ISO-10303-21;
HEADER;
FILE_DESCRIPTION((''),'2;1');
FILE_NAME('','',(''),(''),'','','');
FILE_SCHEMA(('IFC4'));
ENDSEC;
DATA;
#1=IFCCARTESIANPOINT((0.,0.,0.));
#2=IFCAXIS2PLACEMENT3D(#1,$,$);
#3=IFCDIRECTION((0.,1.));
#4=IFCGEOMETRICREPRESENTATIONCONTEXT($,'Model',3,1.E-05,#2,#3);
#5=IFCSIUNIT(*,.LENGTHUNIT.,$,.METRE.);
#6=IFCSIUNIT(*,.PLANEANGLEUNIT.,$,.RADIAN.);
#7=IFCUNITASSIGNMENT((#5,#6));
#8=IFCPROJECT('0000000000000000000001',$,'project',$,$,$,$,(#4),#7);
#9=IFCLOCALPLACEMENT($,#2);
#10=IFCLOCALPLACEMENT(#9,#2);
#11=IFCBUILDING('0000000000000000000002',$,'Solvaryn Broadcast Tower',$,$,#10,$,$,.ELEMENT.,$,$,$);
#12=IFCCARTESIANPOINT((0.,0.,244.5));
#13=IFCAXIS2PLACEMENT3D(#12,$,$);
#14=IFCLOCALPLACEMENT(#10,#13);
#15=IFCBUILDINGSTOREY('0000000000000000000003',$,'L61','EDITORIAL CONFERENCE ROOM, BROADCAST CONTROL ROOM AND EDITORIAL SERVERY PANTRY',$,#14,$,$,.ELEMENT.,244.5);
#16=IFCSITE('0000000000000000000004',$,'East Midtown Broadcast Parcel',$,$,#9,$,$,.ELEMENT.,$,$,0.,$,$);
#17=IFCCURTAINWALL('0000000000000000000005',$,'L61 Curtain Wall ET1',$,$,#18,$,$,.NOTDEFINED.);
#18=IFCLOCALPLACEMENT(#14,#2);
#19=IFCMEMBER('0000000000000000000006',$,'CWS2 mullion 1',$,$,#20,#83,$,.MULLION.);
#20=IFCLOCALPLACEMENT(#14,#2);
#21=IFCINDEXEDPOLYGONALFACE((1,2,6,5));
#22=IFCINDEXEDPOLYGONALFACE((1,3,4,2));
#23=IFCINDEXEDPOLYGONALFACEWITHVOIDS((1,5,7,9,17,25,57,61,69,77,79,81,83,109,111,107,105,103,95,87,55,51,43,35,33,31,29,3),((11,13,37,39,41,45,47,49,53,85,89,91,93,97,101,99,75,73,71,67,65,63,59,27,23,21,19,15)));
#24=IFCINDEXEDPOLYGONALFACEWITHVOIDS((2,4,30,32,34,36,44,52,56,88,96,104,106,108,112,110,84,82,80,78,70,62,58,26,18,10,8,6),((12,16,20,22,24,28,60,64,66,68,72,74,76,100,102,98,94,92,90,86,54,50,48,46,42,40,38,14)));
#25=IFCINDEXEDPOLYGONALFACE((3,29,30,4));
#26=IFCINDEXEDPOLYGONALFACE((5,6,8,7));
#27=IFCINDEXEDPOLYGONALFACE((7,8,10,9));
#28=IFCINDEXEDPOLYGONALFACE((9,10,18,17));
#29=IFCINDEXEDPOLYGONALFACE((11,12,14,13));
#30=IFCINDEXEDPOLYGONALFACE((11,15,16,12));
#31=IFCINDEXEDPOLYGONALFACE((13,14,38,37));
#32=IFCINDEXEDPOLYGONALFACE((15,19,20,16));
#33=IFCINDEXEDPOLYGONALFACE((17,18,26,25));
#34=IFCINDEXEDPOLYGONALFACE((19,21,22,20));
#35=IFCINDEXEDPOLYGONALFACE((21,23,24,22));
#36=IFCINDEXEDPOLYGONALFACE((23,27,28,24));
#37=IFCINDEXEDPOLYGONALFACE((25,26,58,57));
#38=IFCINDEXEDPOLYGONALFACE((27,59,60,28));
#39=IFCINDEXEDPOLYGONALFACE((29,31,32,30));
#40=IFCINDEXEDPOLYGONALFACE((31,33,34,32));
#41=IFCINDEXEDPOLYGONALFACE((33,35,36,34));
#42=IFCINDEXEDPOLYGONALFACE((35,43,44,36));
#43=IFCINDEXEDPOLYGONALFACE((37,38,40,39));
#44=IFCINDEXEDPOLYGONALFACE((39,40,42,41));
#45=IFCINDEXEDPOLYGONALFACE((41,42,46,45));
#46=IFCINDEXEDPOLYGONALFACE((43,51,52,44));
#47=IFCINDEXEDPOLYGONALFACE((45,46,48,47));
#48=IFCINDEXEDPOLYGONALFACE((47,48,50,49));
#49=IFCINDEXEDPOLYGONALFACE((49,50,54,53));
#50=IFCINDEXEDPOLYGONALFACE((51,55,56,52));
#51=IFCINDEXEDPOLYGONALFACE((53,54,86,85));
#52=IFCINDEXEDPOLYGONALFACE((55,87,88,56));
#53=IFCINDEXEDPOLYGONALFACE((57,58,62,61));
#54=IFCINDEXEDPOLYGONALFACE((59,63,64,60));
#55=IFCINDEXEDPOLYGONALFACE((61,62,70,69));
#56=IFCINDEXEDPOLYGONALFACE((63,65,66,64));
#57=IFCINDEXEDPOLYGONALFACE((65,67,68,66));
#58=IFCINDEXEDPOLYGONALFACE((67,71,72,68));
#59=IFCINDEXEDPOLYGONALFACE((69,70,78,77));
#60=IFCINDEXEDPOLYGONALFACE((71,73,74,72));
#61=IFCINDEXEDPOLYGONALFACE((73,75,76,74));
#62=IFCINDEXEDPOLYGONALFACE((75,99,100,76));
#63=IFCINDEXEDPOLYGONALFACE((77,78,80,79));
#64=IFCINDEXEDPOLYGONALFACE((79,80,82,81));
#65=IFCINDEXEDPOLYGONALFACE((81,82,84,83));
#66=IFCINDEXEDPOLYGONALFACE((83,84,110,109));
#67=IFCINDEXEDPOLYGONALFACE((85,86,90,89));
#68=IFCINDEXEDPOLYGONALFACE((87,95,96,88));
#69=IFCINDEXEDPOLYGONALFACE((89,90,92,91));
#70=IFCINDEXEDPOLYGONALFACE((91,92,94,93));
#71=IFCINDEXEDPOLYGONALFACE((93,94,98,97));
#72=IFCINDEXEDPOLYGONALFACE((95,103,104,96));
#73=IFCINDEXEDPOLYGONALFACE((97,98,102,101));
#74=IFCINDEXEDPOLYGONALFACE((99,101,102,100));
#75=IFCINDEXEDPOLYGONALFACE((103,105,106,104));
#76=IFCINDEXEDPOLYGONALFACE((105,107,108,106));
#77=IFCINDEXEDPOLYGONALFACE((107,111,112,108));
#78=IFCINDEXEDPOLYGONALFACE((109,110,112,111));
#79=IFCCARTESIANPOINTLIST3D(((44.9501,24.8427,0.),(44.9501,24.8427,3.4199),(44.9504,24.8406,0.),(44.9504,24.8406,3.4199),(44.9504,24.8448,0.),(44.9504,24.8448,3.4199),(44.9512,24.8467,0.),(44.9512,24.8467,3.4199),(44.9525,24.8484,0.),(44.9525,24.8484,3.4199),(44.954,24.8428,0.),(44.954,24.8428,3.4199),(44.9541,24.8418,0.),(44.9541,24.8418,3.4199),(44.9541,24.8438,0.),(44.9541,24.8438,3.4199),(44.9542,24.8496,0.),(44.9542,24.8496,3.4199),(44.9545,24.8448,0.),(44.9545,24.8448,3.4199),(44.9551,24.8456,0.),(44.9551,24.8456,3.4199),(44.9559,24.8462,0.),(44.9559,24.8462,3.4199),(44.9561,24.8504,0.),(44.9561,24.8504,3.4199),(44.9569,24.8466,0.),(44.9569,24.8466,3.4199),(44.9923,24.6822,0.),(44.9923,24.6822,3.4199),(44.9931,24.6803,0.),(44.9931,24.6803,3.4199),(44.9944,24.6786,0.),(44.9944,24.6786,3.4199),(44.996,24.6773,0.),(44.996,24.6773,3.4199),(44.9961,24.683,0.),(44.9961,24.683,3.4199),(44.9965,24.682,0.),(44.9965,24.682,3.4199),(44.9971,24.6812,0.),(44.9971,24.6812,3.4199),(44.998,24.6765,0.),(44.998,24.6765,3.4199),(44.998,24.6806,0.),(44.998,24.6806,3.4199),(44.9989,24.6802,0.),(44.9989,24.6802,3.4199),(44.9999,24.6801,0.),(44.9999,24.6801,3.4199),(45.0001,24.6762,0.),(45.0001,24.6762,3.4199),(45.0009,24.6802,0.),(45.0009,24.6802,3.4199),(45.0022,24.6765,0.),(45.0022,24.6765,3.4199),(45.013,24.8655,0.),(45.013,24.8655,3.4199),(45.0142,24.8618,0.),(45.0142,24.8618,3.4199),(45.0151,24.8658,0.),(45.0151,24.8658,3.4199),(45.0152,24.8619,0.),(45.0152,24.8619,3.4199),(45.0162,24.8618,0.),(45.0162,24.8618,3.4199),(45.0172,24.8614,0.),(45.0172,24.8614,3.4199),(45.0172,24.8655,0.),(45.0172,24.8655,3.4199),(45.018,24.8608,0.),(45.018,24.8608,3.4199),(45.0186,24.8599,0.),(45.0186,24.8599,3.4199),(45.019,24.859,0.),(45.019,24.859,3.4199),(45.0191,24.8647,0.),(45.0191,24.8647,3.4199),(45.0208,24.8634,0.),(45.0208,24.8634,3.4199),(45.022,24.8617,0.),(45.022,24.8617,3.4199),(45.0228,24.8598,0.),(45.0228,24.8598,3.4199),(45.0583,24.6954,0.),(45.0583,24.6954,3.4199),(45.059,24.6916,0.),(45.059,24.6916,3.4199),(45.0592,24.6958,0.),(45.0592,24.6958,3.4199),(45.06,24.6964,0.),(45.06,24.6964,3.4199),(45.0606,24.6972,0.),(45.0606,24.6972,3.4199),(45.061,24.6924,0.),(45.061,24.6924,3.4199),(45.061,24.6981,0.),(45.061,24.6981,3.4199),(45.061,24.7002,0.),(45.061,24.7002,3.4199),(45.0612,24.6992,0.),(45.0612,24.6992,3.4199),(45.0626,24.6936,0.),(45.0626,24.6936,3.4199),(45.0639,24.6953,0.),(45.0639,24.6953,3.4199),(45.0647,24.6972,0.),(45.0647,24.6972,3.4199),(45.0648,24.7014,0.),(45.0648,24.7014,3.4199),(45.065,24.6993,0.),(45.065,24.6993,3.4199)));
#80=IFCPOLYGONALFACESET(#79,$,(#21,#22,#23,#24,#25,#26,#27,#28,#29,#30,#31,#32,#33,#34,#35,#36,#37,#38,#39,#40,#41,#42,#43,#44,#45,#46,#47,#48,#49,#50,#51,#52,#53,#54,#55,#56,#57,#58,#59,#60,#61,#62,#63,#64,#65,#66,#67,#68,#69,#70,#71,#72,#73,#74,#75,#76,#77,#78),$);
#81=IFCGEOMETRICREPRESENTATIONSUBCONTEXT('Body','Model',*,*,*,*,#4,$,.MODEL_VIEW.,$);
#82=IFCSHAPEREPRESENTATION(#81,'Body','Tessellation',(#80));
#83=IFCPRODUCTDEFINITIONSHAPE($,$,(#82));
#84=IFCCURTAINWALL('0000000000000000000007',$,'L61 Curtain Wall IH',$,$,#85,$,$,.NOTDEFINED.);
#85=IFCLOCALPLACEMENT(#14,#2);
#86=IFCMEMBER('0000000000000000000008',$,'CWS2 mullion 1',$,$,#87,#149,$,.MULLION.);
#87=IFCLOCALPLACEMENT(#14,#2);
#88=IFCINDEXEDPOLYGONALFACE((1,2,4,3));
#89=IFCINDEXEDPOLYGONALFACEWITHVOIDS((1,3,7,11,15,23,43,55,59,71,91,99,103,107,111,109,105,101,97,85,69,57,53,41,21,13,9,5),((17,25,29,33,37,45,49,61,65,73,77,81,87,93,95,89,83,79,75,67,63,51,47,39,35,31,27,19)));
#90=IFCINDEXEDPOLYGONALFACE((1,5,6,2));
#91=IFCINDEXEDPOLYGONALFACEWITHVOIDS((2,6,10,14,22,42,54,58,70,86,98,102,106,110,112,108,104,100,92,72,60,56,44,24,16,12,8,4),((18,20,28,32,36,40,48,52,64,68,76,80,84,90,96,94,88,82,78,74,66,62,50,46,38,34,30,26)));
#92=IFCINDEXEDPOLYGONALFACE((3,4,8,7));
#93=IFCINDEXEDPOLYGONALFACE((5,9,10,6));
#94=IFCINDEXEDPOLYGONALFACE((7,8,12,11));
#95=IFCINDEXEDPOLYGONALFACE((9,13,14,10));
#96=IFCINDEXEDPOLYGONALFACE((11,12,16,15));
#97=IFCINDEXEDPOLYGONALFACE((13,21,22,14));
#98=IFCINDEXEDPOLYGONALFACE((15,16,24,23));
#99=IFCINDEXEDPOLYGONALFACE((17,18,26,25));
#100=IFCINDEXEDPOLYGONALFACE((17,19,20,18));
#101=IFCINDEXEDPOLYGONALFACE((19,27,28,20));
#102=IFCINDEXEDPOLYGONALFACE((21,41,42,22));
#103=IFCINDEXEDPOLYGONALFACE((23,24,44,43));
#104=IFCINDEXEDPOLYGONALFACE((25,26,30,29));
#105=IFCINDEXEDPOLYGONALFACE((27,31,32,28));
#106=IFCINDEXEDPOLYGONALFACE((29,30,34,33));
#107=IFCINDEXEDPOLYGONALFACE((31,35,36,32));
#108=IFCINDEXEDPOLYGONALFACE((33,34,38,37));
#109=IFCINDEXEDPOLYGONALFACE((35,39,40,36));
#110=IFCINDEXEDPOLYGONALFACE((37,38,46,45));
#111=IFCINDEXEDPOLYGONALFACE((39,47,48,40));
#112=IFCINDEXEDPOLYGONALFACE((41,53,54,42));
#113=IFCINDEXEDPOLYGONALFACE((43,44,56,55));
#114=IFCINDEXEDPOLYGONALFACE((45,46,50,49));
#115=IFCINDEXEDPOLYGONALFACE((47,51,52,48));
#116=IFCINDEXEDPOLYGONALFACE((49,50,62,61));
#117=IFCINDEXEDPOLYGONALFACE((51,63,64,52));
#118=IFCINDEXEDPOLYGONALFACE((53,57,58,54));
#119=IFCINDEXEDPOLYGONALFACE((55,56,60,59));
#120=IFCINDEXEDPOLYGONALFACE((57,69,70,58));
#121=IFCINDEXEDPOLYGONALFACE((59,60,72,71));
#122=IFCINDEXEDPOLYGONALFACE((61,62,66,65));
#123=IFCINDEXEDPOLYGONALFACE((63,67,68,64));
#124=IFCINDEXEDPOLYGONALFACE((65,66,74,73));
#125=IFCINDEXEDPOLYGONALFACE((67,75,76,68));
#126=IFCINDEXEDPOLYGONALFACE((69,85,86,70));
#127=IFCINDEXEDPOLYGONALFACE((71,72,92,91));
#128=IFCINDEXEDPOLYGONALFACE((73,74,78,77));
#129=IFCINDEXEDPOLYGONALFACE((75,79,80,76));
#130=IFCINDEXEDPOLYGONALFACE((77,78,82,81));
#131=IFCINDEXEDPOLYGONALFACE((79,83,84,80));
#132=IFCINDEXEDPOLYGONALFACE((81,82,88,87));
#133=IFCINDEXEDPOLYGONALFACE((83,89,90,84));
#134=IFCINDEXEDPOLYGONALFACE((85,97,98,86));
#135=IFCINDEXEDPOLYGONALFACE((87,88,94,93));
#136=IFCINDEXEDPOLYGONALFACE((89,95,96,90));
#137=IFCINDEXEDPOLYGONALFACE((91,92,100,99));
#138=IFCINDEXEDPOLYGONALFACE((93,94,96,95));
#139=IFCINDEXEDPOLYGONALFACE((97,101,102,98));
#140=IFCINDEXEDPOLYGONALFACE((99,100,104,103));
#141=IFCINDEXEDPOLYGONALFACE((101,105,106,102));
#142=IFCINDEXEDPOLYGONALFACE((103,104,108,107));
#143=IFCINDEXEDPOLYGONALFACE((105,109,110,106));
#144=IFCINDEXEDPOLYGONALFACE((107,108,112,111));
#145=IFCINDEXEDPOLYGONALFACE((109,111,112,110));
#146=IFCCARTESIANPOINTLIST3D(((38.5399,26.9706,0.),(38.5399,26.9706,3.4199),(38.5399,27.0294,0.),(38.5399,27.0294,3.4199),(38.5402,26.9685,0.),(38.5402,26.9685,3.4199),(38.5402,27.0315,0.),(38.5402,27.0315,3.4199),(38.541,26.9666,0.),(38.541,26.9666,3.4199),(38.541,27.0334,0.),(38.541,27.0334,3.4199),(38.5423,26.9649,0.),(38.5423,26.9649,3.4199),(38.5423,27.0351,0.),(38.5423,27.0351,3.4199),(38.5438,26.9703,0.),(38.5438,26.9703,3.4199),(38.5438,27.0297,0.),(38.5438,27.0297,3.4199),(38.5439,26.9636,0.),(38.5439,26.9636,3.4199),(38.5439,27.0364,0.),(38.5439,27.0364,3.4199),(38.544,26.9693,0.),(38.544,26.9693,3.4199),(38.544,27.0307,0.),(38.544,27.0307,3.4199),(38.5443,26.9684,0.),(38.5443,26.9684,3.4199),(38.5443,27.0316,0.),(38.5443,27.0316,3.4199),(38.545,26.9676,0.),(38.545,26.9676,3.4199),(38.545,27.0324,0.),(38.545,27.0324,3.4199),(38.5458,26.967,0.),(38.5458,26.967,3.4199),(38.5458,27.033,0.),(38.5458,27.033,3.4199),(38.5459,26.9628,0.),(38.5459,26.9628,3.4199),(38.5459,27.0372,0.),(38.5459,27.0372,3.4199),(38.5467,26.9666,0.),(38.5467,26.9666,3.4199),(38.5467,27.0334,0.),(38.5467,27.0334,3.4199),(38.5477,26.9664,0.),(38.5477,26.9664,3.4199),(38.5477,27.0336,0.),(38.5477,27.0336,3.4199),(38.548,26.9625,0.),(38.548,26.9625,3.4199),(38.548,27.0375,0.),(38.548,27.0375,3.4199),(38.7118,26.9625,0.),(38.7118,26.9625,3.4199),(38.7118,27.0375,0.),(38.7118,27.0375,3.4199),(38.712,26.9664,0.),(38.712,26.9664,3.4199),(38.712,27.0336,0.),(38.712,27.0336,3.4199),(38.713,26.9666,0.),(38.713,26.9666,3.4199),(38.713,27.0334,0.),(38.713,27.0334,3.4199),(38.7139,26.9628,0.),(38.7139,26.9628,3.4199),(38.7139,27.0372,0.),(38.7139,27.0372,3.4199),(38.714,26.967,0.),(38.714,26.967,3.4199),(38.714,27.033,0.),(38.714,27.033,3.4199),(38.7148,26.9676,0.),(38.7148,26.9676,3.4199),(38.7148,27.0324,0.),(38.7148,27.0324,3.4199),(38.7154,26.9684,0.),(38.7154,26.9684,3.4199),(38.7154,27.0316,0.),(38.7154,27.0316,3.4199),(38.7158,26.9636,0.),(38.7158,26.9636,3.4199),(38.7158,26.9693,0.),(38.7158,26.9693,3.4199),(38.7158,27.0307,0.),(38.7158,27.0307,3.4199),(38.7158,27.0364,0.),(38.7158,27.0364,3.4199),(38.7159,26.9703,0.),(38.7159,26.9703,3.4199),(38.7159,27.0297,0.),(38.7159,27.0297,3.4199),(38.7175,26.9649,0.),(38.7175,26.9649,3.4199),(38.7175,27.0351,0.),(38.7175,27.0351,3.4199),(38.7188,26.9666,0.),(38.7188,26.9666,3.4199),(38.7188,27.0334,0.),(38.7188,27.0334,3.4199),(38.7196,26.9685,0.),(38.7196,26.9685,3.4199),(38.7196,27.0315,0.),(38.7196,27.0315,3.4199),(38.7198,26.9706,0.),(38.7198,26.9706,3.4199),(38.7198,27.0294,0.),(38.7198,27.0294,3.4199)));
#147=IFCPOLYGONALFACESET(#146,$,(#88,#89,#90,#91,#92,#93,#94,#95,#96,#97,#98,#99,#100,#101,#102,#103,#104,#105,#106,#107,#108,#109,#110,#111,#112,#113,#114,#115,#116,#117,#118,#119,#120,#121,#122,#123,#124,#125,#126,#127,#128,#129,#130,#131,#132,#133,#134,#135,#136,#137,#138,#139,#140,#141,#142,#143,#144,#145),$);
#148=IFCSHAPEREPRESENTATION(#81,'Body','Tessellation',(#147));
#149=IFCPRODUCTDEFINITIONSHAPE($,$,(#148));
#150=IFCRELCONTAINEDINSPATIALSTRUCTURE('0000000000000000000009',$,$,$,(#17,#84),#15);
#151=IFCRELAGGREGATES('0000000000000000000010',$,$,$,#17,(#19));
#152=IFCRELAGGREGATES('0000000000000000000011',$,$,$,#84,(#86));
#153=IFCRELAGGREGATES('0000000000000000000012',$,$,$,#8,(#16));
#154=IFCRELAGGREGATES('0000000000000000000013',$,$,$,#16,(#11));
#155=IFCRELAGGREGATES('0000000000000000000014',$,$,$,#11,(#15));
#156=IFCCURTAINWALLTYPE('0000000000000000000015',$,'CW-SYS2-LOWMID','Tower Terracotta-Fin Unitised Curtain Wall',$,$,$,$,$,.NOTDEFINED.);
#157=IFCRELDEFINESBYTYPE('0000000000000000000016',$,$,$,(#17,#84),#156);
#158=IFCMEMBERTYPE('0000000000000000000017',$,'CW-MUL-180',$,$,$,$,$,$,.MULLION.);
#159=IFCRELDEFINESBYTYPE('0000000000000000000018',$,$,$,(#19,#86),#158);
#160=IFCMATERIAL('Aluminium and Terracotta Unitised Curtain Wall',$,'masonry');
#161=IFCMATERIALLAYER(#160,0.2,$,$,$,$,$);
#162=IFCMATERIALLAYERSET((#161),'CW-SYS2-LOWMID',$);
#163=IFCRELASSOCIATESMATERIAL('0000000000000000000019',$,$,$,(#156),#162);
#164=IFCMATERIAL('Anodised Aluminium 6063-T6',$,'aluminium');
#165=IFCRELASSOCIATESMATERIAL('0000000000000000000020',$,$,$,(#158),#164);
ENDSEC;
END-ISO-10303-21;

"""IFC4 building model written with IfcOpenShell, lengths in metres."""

from ifc_helpers import new_model, si_unit, direction, frame, origin, origin_2d, place, context, subcontext, project, spatial, hollow_rectangle, extrude, material, layer, layer_set, material_profile, profile_set, type_object, element, aggregate, save


model = new_model("IFC4")

# Units and contexts
model_context = context("Model", 3, precision=1e-05, world=origin(), true_north=direction((0.0, 1.0)))
body_context = subcontext(model_context, "Body", "Model", "MODEL_VIEW")
ifc_project = project(units=[si_unit("LENGTHUNIT", "METRE"), si_unit("PLANEANGLEUNIT", "RADIAN")], contexts=[model_context])

# Site, building, storey
site_placement = place(None, origin())
site = spatial("IfcSite", under=ifc_project, at=site_placement, Name="East Midtown Broadcast Parcel", CompositionType="ELEMENT", RefElevation=0.0)
building_placement = place(site_placement, origin())
building = spatial("IfcBuilding", under=site, at=building_placement, Name="Solvaryn Broadcast Tower", CompositionType="ELEMENT")
storey_placement = place(building_placement, frame((0.0, 0.0, 244.5)))
storey = spatial("IfcBuildingStorey", under=building, at=storey_placement, Name="L61", Description="EDITORIAL CONFERENCE ROOM, BROADCAST CONTROL ROOM AND EDITORIAL SERVERY PANTRY", CompositionType="ELEMENT", Elevation=244.5)

# Curtain wall, member
ifc_material_1 = material(Name="Aluminium and Terracotta Unitised Curtain Wall", Category="masonry")
ifc_layer_1 = layer(ifc_material_1, 0.2)
ifc_layer_set_1 = layer_set([ifc_layer_1], Name="CW-SYS2-LOWMID")
curtain_wall_type = type_object("IfcCurtainWallType", Name="CW-SYS2-LOWMID", Description="Tower Terracotta-Fin Unitised Curtain Wall", PredefinedType="NOTDEFINED", material=ifc_layer_set_1)
curtain_wall_1_placement = place(storey_placement, origin())
curtain_wall_1 = element("IfcCurtainWall", 1, at=curtain_wall_1_placement, inside=storey, type_object=curtain_wall_type, Name="L61 Curtain Wall ET1", PredefinedType="NOTDEFINED")
ifc_material_2 = material(Name="Anodised Aluminium 6063-T6", Category="aluminium")
ifc_material_profile_1 = material_profile(ifc_material_2, hollow_rectangle(XDim=0.075, YDim=0.1799, WallThickness=0.0039, InnerFilletRadius=0.0039, OuterFilletRadius=0.0081, at=origin_2d()))
ifc_profile_set_1 = profile_set([ifc_material_profile_1], Name="Anodised Aluminium 6063-T6")
member_type_1 = type_object("IfcMemberType", Name="CW-MUL-180", PredefinedType="MULLION", material=ifc_profile_set_1)
member_1_placement = place(storey_placement, frame((45.0076, 24.771, 0.0), z_axis=(0.0, 0.0, 1.0), x_axis=(0.966705, 0.255893, 0.0)))
member_1 = element("IfcMember", 2, at=member_1_placement, type_object=member_type_1, Name="CWS2 mullion 1", PredefinedType="MULLION", context=body_context, shape_type="SweptSolid", body=[
    extrude(hollow_rectangle(XDim=0.075, YDim=0.1799, WallThickness=0.0039, InnerFilletRadius=0.0039, OuterFilletRadius=0.0081, at=origin_2d()), origin(), (0.0, 0.0, 1.0), 3.4199),
])

# Curtain wall, member
curtain_wall_2_placement = place(storey_placement, origin())
curtain_wall_2 = element("IfcCurtainWall", 3, at=curtain_wall_2_placement, inside=storey, type_object=curtain_wall_type, Name="L61 Curtain Wall IH", PredefinedType="NOTDEFINED")
member_2_placement = place(storey_placement, frame((38.6299, 27.0, 0.0), z_axis=(0.0, 0.0, 1.0), x_axis=(0.0, 1.0, 0.0)))
member_2 = element("IfcMember", 4, at=member_2_placement, type_object=member_type_1, Name="CWS2 mullion 1", PredefinedType="MULLION", context=body_context, shape_type="SweptSolid", body=[
    extrude(hollow_rectangle(XDim=0.075, YDim=0.1799, WallThickness=0.0039, InnerFilletRadius=0.0039, OuterFilletRadius=0.0081, at=origin_2d()), origin(), (0.0, 0.0, 1.0), 3.4199),
])

aggregate(curtain_wall_1, [member_1])
aggregate(curtain_wall_2, [member_2])

save(model, "model.ifc")
